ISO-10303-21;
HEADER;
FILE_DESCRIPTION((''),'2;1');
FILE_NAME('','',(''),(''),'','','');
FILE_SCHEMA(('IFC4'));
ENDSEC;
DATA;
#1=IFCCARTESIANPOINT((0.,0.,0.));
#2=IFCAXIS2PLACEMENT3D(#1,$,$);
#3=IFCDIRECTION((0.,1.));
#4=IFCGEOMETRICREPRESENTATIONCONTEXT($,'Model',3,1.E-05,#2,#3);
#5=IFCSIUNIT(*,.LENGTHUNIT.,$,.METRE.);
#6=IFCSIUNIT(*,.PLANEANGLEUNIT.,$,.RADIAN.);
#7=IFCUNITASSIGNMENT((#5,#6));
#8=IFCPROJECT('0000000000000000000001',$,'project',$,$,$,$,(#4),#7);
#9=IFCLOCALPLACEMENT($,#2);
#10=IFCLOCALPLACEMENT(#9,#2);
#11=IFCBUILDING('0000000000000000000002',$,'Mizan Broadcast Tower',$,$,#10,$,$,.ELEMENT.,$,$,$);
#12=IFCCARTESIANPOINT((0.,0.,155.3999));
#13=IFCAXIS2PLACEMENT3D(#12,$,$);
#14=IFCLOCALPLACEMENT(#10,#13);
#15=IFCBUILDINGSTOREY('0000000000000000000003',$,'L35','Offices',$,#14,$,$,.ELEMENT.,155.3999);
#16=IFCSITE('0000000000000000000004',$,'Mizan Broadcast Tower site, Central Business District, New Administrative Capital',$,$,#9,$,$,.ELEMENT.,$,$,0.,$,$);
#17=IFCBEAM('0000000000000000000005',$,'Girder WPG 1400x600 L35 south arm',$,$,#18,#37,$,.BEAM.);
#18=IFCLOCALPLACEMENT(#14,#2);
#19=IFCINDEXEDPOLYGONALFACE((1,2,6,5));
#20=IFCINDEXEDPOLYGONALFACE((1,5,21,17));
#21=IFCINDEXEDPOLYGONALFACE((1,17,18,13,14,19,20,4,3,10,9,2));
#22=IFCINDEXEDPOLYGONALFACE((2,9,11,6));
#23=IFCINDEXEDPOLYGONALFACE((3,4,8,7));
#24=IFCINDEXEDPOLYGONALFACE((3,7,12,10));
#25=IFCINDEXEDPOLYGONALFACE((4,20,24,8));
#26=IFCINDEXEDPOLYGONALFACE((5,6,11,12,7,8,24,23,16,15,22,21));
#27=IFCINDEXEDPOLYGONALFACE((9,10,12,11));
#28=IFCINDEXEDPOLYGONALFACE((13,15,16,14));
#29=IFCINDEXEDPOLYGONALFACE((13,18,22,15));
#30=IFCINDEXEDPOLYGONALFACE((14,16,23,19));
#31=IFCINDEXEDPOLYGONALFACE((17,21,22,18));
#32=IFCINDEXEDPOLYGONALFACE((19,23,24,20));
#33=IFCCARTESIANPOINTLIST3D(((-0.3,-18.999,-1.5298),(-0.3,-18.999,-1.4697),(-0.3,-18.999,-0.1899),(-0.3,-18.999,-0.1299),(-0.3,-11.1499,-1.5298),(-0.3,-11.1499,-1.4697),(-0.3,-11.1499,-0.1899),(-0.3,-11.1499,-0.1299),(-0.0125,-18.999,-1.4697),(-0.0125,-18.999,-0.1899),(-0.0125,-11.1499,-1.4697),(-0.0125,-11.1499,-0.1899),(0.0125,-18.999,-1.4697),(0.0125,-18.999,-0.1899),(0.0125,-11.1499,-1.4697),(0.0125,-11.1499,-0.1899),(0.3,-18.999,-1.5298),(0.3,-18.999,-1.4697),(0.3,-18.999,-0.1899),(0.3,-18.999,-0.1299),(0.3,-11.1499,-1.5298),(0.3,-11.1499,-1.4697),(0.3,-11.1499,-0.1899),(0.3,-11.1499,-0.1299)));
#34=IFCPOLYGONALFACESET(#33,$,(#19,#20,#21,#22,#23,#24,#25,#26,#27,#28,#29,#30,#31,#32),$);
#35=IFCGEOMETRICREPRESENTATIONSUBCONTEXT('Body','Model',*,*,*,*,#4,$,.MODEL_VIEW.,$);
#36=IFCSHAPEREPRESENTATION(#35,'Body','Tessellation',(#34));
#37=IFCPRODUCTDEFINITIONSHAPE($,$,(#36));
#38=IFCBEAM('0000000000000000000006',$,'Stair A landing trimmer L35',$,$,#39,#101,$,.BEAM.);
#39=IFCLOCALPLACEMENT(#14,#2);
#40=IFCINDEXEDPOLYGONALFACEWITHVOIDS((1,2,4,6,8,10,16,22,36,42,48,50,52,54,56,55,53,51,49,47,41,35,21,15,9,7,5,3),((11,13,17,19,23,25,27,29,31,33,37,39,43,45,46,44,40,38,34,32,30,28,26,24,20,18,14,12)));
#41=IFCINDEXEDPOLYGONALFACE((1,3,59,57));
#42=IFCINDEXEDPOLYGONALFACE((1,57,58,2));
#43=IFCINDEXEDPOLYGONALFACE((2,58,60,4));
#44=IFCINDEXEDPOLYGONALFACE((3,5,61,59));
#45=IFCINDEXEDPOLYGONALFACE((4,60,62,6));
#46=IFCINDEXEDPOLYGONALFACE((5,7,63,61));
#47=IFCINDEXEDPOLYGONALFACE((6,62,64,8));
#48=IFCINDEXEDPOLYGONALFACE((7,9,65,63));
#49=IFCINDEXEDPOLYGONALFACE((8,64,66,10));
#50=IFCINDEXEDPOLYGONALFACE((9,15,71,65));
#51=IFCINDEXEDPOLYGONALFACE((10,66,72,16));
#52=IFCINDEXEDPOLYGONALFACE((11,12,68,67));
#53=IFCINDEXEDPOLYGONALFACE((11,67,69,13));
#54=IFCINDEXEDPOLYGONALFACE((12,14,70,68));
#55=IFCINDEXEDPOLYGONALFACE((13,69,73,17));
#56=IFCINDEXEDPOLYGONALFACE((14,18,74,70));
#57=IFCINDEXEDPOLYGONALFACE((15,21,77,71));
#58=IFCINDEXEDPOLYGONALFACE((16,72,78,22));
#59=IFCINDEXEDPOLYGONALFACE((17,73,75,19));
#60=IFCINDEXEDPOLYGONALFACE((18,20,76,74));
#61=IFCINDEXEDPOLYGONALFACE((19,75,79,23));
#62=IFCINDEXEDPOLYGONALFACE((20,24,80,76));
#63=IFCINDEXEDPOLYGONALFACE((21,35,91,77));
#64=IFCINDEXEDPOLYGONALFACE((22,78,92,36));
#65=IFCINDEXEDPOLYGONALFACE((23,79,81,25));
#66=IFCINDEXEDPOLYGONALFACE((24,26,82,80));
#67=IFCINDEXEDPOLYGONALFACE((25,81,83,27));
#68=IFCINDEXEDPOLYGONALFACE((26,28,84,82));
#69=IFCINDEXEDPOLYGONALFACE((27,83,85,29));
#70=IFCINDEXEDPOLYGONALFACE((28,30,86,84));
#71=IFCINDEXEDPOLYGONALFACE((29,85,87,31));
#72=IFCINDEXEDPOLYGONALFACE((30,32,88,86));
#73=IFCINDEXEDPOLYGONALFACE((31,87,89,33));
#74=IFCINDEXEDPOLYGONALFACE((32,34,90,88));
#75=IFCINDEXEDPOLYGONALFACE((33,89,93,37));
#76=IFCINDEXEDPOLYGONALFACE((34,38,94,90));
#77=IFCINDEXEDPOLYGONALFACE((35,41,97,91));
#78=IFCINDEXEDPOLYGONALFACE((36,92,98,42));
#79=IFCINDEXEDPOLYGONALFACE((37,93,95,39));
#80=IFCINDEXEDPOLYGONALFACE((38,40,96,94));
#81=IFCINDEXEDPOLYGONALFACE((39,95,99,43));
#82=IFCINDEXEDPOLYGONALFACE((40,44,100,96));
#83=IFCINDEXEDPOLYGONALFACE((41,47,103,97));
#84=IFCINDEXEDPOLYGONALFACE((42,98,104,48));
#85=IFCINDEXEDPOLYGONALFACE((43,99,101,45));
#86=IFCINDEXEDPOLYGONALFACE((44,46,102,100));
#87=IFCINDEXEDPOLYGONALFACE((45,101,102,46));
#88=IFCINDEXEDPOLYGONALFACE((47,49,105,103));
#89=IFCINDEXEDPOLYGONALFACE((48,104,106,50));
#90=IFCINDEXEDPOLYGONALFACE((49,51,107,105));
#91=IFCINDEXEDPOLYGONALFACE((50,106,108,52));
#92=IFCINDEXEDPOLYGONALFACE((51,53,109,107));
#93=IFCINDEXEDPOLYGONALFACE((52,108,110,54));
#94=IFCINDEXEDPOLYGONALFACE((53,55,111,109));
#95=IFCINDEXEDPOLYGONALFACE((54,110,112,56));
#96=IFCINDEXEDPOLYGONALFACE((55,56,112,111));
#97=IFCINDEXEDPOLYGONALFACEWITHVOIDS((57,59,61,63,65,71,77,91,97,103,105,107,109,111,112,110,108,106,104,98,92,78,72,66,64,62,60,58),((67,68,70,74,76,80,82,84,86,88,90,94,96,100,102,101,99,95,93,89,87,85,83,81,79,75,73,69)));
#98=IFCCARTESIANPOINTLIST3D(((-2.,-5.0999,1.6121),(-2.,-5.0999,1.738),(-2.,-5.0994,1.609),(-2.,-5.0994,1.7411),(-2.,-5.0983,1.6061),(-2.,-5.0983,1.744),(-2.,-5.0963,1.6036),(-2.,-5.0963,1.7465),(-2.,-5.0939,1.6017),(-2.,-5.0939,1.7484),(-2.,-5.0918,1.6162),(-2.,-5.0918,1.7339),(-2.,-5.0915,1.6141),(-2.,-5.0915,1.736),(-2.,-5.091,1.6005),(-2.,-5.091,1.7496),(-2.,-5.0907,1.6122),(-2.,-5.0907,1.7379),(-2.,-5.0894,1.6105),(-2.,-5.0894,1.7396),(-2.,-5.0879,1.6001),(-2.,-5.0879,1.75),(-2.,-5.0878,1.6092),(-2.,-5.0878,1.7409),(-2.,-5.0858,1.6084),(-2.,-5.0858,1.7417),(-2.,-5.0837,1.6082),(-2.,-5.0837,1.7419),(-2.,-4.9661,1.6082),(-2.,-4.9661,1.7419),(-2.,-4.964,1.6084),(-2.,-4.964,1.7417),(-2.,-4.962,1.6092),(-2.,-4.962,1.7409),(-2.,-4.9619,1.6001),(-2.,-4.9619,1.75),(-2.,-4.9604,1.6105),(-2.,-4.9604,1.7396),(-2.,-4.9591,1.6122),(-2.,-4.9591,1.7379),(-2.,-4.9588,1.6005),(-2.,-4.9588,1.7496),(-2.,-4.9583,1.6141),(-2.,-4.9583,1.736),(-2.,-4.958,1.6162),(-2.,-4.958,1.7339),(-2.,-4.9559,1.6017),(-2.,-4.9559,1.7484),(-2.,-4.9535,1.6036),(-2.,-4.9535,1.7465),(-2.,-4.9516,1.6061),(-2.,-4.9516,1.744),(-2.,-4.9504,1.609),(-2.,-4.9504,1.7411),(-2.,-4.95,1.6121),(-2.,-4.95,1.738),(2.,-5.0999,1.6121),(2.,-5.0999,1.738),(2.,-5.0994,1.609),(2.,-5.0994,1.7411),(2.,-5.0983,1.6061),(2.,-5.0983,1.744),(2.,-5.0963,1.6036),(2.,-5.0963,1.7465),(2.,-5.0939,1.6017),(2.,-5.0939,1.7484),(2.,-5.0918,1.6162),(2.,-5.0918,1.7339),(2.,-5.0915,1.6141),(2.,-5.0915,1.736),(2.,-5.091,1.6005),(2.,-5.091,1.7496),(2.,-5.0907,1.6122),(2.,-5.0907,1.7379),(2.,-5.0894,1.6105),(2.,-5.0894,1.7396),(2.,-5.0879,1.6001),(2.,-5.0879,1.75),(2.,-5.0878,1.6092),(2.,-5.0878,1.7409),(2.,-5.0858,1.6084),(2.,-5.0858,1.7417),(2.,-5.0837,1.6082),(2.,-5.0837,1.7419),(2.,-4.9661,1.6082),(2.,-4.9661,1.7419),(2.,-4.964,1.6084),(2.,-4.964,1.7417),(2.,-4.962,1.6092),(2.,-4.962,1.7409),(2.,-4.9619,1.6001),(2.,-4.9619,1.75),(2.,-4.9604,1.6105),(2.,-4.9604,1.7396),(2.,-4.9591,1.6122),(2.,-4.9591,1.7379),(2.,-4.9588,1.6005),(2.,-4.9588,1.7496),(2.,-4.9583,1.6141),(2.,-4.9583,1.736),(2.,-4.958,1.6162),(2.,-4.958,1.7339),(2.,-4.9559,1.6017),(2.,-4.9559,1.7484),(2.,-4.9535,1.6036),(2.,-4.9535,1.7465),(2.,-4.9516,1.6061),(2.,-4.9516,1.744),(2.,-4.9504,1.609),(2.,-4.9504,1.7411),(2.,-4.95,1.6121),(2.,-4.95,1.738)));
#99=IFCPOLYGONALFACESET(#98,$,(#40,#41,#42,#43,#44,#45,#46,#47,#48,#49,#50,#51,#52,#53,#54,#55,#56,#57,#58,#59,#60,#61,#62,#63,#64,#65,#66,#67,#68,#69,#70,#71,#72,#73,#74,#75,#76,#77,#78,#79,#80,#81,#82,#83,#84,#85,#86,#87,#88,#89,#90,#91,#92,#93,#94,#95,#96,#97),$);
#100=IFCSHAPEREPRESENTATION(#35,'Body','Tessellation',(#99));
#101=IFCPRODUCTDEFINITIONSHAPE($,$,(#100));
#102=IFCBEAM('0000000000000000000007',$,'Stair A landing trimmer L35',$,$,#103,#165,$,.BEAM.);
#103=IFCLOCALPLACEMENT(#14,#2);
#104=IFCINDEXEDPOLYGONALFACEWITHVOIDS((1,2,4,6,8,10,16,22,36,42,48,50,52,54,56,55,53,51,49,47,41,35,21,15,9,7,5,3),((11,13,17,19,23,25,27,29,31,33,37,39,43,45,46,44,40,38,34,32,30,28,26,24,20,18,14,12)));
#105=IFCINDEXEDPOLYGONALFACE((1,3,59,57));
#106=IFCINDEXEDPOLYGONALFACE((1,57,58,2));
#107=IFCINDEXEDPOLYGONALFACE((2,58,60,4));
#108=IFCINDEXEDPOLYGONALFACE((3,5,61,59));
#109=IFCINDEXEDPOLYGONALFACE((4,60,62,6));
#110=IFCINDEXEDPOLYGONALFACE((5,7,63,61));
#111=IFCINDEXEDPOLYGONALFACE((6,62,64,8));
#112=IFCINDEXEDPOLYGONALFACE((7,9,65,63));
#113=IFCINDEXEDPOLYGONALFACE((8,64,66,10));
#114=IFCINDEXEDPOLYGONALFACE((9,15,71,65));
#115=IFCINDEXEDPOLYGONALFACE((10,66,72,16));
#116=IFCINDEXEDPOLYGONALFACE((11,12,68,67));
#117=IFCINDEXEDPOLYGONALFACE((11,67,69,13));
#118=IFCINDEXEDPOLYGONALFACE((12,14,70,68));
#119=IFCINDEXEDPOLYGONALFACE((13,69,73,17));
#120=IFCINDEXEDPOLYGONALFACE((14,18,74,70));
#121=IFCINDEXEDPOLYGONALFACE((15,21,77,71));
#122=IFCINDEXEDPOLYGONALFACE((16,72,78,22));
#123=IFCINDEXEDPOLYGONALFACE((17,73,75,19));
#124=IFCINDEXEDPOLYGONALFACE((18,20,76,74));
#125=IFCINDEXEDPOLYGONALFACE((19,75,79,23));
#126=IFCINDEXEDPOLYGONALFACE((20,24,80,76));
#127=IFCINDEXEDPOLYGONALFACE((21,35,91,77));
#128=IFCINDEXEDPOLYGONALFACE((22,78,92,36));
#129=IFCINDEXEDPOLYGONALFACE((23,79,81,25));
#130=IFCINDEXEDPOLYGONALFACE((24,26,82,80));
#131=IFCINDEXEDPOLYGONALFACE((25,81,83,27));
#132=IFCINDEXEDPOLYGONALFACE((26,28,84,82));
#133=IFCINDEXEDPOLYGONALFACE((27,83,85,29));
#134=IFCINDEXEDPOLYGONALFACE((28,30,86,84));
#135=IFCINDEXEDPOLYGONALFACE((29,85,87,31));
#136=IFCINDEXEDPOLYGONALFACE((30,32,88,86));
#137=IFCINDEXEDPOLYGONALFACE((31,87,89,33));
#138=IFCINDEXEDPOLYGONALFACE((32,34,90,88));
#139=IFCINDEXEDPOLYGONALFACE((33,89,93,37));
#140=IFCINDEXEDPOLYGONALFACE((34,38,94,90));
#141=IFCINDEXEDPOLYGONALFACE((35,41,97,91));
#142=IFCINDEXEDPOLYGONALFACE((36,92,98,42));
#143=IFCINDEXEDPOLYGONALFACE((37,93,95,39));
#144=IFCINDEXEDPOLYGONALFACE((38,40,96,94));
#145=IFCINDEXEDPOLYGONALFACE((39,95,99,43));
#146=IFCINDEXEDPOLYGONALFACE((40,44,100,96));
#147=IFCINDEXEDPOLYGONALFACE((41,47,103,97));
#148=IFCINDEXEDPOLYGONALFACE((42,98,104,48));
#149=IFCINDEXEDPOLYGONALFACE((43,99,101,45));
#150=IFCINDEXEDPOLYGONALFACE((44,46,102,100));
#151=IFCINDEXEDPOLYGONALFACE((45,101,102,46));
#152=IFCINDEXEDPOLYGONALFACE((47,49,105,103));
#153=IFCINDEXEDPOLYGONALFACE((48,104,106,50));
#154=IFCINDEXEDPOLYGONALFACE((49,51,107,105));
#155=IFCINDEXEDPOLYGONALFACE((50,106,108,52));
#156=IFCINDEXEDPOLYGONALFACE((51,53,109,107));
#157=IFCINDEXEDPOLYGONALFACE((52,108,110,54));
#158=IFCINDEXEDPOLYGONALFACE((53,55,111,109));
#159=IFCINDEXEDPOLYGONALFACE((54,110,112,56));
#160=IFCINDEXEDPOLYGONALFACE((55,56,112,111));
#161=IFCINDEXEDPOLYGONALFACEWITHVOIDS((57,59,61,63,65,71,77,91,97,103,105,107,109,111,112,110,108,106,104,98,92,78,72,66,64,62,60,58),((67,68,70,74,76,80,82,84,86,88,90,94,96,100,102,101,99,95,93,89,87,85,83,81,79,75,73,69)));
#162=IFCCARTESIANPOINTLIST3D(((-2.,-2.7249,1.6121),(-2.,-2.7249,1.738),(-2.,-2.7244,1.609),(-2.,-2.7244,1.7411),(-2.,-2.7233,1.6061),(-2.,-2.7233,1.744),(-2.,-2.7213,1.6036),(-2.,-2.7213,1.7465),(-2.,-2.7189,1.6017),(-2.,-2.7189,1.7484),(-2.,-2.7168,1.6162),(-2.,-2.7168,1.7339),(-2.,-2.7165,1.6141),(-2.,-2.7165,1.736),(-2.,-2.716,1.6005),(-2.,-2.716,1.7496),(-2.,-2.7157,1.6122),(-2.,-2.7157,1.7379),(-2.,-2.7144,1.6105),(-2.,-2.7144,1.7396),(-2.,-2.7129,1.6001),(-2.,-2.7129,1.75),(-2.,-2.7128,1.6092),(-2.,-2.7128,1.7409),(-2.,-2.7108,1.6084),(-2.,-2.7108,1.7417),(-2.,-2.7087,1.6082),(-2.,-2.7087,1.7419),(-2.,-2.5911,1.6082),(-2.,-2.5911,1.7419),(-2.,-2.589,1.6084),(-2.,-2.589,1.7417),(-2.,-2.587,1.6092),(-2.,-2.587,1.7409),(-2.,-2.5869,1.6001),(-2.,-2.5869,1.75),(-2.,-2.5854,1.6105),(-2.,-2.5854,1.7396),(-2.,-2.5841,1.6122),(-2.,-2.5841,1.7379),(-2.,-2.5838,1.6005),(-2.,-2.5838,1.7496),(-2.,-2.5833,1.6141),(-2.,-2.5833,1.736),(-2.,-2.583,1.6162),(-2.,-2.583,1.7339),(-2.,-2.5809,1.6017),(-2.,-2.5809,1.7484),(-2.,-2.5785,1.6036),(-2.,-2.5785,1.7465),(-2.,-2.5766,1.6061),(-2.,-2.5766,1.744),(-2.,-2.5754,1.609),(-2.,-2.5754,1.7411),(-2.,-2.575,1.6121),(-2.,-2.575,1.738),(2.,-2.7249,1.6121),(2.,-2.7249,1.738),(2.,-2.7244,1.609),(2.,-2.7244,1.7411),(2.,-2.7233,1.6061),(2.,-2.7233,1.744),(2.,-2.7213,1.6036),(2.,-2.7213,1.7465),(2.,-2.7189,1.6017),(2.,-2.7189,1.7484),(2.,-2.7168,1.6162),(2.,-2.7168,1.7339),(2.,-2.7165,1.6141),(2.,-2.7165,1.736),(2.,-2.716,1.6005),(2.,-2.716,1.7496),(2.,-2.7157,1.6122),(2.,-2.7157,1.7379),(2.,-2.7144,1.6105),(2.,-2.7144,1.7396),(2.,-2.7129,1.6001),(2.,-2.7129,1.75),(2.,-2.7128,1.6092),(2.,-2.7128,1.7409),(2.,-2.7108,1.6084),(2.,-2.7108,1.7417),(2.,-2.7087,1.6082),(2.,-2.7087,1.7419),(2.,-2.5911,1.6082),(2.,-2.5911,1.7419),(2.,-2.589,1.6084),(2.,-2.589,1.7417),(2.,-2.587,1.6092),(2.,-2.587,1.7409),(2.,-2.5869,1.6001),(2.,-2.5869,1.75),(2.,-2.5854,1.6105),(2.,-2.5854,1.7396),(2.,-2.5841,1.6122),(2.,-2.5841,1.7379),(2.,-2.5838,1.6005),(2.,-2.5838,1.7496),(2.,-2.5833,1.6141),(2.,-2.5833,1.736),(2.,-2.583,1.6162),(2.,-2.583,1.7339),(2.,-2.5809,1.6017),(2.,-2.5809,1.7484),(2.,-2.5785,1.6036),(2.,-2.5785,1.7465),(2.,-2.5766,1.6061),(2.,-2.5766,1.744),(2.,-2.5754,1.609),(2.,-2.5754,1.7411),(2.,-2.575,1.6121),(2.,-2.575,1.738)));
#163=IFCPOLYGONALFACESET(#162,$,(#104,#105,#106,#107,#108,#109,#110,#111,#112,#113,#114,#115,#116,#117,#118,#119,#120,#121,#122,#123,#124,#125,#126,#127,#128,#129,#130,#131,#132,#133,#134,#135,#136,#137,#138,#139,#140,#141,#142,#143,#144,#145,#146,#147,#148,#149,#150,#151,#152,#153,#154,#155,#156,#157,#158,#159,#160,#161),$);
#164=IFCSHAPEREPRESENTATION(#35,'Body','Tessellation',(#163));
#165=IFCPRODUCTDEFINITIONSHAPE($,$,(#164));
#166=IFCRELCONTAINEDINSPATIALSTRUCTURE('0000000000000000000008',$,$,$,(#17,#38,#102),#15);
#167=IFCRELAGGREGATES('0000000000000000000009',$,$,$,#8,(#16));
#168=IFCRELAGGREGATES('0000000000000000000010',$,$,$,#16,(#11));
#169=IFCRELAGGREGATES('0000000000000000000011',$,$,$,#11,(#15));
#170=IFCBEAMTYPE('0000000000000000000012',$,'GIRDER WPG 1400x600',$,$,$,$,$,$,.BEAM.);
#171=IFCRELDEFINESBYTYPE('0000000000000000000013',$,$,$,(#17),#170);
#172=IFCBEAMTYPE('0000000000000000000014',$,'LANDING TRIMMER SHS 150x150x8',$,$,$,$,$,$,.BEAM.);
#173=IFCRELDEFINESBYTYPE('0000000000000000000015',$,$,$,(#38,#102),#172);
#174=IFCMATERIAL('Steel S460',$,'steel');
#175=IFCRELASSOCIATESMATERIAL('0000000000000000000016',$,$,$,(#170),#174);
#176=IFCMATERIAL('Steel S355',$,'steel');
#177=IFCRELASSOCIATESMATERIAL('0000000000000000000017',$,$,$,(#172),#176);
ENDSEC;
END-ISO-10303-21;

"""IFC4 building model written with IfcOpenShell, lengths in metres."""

from ifc_helpers import new_model, si_unit, direction, frame, origin, origin_2d, place, context, subcontext, project, spatial, hollow_rectangle, i_section, extrude, material, material_profile, profile_set, type_object, element, save


model = new_model("IFC4")

# Units and contexts
model_context = context("Model", 3, precision=1e-05, world=origin(), true_north=direction((0.0, 1.0)))
body_context = subcontext(model_context, "Body", "Model", "MODEL_VIEW")
ifc_project = project(units=[si_unit("LENGTHUNIT", "METRE"), si_unit("PLANEANGLEUNIT", "RADIAN")], contexts=[model_context])

# Site, building, storey
site_placement = place(None, origin())
site = spatial("IfcSite", under=ifc_project, at=site_placement, Name="Mizan Broadcast Tower site, Central Business District, New Administrative Capital", CompositionType="ELEMENT", RefElevation=0.0)
building_placement = place(site_placement, origin())
building = spatial("IfcBuilding", under=site, at=building_placement, Name="Mizan Broadcast Tower", CompositionType="ELEMENT")
storey_placement = place(building_placement, frame((0.0, 0.0, 155.3999)))
storey = spatial("IfcBuildingStorey", under=building, at=storey_placement, Name="L35", Description="Offices", CompositionType="ELEMENT", Elevation=155.3999)

# Beams
ifc_material_1 = material(Name="Steel S460", Category="steel")
ifc_material_profile_1 = material_profile(ifc_material_1, i_section(OverallWidth=0.6001, OverallDepth=1.3999, WebThickness=0.0249, FlangeThickness=0.0601, at=origin_2d()), Name="WPG 1400x600")
ifc_profile_set_1 = profile_set([ifc_material_profile_1], Name="Steel S460")
beam_type_1 = type_object("IfcBeamType", Name="GIRDER WPG 1400x600", PredefinedType="BEAM", material=ifc_profile_set_1)
beam_placement = place(storey_placement, frame((0.0, -11.1499, -0.8298), z_axis=(0.0, -1.0, 0.0), x_axis=(1.0, 0.0, 0.0)))
element("IfcBeam", 1, at=beam_placement, inside=storey, type_object=beam_type_1, Name="Girder WPG 1400x600 L35 south arm", PredefinedType="BEAM", context=body_context, shape_type="SweptSolid", body=[
    extrude(i_section(OverallWidth=0.6001, OverallDepth=1.3999, WebThickness=0.0249, FlangeThickness=0.0601, at=origin_2d()), origin(), (0.0, 0.0, 1.0), 7.8491),
])
ifc_material_2 = material(Name="Steel S355", Category="steel")
ifc_material_profile_2 = material_profile(ifc_material_2, hollow_rectangle(XDim=0.1499, YDim=0.1499, WallThickness=0.0081, InnerFilletRadius=0.0081, OuterFilletRadius=0.012, at=origin_2d()), Name="SHS 150x150x8")
ifc_profile_set_2 = profile_set([ifc_material_profile_2], Name="Steel S355")
beam_type_2 = type_object("IfcBeamType", Name="LANDING TRIMMER SHS 150x150x8", PredefinedType="BEAM", material=ifc_profile_set_2)
for number, where, z_axis, x_axis, name in (
    (2, (-2.0, -5.0249, 1.675), (1.0, 0.0, 0.0), (0.0, 1.0, 0.0), "Stair A landing trimmer L35"),
    (3, (-2.0, -2.6499, 1.675), (1.0, 0.0, 0.0), (0.0, 1.0, 0.0), "Stair A landing trimmer L35"),
):
    element("IfcBeam", number, at=place(storey_placement, frame(where, z_axis=z_axis, x_axis=x_axis)), inside=storey, type_object=beam_type_2, Name=name, PredefinedType="BEAM", context=body_context, shape_type="SweptSolid", body=[
        extrude(hollow_rectangle(XDim=0.1499, YDim=0.1499, WallThickness=0.0081, InnerFilletRadius=0.0081, OuterFilletRadius=0.012, at=origin_2d()), origin(), (0.0, 0.0, 1.0), 4.0),
    ])

save(model, "model.ifc")
